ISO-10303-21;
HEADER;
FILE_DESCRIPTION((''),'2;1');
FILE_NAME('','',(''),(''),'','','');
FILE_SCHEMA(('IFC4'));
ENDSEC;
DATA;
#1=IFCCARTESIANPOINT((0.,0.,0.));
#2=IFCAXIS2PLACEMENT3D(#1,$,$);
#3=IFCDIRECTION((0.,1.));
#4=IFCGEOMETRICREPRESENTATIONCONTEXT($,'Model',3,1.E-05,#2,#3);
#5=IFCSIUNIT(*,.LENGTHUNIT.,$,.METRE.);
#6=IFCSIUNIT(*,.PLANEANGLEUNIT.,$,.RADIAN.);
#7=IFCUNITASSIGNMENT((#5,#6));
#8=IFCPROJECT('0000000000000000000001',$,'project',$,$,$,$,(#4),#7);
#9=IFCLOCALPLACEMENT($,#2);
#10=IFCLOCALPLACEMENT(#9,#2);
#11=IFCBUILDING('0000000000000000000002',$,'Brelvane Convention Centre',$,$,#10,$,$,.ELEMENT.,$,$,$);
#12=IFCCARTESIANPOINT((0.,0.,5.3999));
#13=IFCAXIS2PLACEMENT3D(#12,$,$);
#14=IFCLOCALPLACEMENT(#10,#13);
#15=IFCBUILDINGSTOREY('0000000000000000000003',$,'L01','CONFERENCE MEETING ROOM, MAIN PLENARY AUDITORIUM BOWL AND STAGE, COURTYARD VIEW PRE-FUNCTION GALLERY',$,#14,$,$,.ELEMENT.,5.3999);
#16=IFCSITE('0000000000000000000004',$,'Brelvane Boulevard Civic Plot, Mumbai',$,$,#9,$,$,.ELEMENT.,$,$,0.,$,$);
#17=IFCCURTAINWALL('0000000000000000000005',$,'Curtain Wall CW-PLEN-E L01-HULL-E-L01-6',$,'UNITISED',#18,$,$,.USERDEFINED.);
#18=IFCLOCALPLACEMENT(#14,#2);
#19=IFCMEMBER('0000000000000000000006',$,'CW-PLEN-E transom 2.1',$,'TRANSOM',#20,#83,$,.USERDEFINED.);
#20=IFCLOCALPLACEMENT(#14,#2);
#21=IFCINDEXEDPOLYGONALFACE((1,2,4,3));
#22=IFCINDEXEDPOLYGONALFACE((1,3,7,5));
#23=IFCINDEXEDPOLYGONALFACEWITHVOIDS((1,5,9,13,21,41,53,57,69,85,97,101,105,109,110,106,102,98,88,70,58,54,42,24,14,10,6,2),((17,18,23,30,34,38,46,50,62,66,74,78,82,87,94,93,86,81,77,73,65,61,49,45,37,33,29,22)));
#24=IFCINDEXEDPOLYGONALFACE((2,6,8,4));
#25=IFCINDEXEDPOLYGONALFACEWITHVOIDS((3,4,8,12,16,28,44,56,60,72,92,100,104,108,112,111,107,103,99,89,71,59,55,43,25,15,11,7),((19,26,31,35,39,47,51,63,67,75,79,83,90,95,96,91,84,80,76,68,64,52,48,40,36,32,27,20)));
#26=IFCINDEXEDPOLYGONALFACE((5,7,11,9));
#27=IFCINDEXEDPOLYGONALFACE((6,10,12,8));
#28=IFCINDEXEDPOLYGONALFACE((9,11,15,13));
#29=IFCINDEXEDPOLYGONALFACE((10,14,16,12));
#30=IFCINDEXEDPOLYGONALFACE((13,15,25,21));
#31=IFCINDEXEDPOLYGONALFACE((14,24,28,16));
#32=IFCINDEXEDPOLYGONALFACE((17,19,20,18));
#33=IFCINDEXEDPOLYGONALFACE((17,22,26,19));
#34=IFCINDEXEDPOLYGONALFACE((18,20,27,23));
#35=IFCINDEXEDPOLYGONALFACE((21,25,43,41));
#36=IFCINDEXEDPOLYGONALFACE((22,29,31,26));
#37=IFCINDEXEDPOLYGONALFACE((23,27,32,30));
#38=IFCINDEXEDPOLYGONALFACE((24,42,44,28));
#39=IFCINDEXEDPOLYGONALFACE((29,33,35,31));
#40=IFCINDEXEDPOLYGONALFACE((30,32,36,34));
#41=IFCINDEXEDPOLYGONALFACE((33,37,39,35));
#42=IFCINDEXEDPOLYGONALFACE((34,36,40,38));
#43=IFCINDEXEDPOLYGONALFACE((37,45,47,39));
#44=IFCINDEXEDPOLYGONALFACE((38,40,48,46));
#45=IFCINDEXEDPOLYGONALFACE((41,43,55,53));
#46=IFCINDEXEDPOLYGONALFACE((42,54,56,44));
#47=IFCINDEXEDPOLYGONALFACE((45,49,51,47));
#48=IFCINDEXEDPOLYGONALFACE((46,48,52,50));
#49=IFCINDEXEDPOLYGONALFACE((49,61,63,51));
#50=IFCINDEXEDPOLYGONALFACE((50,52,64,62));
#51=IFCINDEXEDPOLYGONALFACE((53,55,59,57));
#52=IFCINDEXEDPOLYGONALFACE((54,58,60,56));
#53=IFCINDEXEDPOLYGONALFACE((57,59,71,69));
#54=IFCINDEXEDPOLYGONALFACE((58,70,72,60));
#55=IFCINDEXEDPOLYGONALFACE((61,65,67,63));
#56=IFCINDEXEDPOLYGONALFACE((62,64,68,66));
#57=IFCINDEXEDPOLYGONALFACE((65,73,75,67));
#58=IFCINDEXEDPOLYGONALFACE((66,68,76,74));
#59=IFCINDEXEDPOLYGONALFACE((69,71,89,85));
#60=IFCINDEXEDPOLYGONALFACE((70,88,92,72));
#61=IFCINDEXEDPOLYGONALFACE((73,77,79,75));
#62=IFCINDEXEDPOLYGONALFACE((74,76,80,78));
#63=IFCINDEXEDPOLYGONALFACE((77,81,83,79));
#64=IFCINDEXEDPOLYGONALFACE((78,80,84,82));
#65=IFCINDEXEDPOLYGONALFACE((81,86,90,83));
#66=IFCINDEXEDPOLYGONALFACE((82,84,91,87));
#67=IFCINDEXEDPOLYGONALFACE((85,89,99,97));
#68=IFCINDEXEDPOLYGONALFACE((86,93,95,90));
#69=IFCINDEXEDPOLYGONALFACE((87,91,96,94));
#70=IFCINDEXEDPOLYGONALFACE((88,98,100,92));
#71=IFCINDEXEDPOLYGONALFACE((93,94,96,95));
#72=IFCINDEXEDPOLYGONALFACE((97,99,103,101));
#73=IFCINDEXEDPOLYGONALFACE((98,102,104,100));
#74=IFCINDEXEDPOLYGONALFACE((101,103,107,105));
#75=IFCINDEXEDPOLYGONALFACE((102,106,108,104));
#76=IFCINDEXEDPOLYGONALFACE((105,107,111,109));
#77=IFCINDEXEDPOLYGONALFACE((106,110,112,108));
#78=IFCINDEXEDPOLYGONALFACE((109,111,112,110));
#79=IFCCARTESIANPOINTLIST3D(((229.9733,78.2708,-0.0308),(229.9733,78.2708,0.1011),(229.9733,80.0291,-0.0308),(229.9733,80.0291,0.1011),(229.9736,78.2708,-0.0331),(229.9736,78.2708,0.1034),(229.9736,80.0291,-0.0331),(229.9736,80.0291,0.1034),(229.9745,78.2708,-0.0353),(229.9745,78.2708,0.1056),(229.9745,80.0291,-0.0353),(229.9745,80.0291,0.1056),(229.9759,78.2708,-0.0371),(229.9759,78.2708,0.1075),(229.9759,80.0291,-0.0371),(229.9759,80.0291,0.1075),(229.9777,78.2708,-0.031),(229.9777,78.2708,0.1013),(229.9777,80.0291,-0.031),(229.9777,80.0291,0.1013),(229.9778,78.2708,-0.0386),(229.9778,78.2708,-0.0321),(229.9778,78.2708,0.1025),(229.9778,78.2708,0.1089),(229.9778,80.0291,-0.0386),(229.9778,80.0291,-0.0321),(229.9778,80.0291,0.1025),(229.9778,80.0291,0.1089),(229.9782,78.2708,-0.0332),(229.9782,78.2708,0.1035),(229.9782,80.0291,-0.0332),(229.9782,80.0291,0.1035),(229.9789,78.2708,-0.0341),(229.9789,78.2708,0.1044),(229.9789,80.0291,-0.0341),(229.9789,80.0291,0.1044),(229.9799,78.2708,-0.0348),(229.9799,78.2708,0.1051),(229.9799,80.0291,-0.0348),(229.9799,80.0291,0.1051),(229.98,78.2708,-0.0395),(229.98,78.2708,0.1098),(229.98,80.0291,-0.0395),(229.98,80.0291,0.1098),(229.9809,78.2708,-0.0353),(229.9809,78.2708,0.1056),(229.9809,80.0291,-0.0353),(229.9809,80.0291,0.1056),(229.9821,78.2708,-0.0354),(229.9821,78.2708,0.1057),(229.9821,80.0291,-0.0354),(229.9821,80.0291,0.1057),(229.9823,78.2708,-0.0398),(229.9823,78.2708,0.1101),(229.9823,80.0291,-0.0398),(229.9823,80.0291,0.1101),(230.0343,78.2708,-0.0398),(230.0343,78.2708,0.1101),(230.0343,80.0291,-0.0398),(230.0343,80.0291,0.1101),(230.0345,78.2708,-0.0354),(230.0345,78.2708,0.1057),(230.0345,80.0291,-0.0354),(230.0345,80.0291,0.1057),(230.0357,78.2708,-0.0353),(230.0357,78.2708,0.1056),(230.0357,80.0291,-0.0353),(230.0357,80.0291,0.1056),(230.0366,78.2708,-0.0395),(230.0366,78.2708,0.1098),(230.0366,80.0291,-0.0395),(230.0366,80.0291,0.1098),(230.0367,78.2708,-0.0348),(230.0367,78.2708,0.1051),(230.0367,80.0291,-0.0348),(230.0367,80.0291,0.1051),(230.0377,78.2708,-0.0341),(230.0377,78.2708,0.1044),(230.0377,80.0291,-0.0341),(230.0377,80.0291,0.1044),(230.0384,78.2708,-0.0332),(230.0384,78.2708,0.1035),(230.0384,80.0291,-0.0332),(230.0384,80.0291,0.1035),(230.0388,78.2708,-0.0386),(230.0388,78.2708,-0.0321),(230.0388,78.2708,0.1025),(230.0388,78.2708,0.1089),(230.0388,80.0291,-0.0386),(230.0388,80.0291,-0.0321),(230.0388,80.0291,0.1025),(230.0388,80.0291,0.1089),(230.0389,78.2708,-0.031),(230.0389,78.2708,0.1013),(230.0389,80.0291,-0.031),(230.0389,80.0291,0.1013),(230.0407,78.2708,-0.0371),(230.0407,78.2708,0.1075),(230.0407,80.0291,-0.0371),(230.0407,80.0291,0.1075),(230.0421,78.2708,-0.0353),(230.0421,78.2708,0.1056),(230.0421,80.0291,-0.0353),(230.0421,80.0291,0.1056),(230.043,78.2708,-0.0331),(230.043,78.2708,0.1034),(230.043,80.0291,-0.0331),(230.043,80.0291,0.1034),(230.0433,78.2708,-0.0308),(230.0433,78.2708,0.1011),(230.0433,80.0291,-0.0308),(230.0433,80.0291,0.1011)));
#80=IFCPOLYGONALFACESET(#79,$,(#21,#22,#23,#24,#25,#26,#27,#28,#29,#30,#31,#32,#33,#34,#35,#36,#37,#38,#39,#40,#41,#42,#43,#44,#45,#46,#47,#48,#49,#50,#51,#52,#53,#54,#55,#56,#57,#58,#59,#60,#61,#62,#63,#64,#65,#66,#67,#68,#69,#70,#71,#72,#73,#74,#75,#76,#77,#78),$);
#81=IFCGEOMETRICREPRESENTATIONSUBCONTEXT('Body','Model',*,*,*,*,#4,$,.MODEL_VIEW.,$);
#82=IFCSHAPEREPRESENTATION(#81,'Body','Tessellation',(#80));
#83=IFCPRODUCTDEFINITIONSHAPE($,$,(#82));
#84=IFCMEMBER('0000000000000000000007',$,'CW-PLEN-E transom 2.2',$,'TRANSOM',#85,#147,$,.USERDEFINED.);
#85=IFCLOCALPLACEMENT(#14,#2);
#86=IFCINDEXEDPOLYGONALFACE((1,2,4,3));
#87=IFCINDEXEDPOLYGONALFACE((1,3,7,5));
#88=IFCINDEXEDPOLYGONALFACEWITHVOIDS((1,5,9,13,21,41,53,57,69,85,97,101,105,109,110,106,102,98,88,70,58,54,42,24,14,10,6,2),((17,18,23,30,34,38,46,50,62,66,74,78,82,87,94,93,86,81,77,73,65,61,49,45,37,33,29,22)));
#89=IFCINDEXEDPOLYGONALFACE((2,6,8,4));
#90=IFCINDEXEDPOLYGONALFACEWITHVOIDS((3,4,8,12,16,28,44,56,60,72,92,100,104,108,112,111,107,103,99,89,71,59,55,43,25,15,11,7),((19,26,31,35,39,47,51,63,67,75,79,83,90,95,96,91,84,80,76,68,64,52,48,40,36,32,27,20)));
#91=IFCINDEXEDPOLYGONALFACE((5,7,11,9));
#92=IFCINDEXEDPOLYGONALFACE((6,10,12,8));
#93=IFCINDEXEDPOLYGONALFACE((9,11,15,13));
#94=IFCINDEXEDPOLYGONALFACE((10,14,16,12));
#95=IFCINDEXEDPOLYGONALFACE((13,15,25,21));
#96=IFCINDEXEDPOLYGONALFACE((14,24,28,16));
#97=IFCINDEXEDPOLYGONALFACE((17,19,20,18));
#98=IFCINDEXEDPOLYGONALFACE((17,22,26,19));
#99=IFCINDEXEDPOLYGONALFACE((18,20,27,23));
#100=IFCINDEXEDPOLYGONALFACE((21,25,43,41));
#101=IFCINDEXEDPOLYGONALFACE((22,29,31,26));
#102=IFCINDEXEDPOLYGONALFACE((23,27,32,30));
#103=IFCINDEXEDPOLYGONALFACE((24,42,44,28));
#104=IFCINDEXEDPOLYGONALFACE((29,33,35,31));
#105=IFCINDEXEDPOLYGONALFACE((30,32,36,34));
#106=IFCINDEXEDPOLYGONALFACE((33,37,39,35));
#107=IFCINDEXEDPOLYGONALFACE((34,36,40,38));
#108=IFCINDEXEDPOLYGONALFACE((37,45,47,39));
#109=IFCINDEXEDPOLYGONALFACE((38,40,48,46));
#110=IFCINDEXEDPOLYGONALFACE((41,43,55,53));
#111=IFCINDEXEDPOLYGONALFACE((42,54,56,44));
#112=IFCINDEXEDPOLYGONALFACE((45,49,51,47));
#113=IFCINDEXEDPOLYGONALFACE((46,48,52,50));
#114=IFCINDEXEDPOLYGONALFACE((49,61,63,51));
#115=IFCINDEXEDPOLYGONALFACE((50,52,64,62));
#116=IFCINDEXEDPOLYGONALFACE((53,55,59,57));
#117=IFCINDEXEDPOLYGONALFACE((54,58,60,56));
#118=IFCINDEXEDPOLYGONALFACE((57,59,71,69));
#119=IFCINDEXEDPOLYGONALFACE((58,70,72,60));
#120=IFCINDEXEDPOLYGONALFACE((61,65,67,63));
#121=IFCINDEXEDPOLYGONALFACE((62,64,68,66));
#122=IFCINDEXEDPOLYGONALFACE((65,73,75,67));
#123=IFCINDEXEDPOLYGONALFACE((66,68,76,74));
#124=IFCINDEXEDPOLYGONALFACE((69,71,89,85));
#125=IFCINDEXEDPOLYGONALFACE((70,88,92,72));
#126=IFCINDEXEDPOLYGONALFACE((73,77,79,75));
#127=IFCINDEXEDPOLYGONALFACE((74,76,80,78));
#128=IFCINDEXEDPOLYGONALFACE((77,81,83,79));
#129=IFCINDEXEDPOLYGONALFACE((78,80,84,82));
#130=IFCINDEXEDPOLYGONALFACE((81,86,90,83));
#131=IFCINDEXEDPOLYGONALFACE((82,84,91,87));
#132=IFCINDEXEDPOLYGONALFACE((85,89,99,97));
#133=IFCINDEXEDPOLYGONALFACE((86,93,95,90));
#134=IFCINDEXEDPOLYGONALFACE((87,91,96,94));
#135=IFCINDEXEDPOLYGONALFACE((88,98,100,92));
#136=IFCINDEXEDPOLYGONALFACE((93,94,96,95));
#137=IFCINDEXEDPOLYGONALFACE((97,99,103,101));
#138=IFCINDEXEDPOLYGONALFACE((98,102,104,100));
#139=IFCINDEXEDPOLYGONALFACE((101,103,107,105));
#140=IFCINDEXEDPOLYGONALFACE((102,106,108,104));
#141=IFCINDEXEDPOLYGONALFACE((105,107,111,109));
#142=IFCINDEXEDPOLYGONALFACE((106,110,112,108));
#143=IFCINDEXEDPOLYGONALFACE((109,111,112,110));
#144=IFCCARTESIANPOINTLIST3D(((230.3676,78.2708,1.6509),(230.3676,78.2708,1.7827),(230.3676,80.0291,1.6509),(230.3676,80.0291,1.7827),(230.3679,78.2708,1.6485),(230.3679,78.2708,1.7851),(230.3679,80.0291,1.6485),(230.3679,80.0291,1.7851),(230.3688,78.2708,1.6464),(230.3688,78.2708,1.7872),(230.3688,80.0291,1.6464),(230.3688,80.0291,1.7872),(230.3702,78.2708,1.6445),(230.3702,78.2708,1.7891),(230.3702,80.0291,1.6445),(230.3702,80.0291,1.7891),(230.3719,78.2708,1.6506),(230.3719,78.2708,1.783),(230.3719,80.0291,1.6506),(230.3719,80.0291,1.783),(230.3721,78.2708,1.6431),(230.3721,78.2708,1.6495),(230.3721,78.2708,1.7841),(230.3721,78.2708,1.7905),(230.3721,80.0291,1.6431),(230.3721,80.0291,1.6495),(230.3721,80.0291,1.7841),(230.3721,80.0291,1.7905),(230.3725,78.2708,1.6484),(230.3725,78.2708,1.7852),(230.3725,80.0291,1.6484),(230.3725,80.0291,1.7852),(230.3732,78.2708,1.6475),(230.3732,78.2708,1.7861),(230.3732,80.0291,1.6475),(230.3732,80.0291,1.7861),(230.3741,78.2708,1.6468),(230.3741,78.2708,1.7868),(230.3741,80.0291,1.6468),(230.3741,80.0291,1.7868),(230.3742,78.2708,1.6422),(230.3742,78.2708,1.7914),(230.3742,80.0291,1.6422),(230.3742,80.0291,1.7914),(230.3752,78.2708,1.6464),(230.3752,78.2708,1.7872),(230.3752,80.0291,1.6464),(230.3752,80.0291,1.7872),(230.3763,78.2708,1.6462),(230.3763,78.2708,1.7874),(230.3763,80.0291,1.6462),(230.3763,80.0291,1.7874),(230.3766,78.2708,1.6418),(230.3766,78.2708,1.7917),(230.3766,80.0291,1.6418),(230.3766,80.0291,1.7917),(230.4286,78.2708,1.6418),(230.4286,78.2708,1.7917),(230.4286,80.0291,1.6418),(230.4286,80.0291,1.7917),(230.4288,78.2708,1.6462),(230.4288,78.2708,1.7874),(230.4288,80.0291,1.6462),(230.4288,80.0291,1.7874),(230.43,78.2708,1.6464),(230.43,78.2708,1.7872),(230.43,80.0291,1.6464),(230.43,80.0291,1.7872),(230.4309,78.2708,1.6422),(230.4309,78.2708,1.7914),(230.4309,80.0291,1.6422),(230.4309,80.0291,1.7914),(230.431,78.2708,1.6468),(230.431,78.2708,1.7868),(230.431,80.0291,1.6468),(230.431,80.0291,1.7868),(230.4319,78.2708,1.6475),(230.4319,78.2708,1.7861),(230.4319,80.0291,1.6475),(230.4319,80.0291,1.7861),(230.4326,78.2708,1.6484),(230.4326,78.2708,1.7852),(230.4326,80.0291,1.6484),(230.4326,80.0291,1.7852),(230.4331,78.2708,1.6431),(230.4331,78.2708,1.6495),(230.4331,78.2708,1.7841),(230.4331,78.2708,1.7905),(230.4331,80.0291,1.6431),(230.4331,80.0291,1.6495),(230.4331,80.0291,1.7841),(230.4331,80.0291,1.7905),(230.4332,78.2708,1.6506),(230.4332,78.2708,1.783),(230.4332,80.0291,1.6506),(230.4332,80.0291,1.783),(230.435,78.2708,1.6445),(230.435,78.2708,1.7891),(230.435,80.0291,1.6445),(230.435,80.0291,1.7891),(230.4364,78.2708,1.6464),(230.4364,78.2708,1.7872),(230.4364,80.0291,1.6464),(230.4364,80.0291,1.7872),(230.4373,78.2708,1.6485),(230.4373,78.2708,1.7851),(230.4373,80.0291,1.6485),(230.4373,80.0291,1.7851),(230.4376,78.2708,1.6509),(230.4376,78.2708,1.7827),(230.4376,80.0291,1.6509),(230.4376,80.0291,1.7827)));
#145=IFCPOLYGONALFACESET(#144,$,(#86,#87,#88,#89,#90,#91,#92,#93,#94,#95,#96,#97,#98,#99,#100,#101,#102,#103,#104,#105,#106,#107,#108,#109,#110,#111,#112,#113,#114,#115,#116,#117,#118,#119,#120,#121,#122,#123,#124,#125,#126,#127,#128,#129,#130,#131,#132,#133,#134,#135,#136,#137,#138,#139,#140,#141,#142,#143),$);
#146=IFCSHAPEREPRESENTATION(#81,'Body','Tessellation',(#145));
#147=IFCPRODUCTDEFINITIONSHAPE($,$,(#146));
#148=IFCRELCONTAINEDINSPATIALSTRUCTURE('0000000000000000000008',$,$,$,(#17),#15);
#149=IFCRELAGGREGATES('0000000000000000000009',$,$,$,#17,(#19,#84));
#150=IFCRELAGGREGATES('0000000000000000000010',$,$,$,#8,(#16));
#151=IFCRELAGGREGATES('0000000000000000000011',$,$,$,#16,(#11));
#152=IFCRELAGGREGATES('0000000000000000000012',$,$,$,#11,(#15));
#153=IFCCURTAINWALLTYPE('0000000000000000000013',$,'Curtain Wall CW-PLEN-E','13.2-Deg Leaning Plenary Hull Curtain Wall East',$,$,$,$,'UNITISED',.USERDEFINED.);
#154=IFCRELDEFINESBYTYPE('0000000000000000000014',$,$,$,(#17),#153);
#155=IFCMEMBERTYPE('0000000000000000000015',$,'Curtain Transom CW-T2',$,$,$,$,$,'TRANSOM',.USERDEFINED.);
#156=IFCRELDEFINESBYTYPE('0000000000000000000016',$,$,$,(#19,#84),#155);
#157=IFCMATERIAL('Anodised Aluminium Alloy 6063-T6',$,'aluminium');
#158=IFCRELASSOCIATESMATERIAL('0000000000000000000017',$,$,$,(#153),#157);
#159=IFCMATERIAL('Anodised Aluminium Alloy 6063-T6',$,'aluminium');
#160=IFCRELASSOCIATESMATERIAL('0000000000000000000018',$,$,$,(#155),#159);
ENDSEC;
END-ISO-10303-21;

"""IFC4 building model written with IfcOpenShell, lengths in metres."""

from ifc_helpers import new_model, si_unit, direction, frame, origin, origin_2d, place, context, subcontext, project, spatial, hollow_rectangle, extrude, material, material_profile, profile_set, type_object, element, aggregate, save


model = new_model("IFC4")

# Units and contexts
model_context = context("Model", 3, precision=1e-05, world=origin(), true_north=direction((0.0, 1.0)))
body_context = subcontext(model_context, "Body", "Model", "MODEL_VIEW")
ifc_project = project(units=[si_unit("LENGTHUNIT", "METRE"), si_unit("PLANEANGLEUNIT", "RADIAN")], contexts=[model_context])

# Site, building, storey
site_placement = place(None, origin())
site = spatial("IfcSite", under=ifc_project, at=site_placement, Name="Brelvane Boulevard Civic Plot, Mumbai", CompositionType="ELEMENT", RefElevation=0.0)
building_placement = place(site_placement, origin())
building = spatial("IfcBuilding", under=site, at=building_placement, Name="Brelvane Convention Centre", CompositionType="ELEMENT")
storey_placement = place(building_placement, frame((0.0, 0.0, 5.3999)))
storey = spatial("IfcBuildingStorey", under=building, at=storey_placement, Name="L01", Description="CONFERENCE MEETING ROOM, MAIN PLENARY AUDITORIUM BOWL AND STAGE, COURTYARD VIEW PRE-FUNCTION GALLERY", CompositionType="ELEMENT", Elevation=5.3999)

# Curtain wall, members
ifc_material_1 = material(Name="Anodised Aluminium Alloy 6063-T6", Category="aluminium")
curtain_wall_type = type_object("IfcCurtainWallType", Name="Curtain Wall CW-PLEN-E", Description="13.2-Deg Leaning Plenary Hull Curtain Wall East", ElementType="UNITISED", PredefinedType="USERDEFINED", material=ifc_material_1)
curtain_wall_placement = place(storey_placement, origin())
curtain_wall = element("IfcCurtainWall", 1, at=curtain_wall_placement, inside=storey, type_object=curtain_wall_type, Name="Curtain Wall CW-PLEN-E L01-HULL-E-L01-6", ObjectType="UNITISED", PredefinedType="USERDEFINED")
ifc_material_2 = material(Name="Anodised Aluminium Alloy 6063-T6", Category="aluminium")
ifc_material_profile_1 = material_profile(ifc_material_2, hollow_rectangle(XDim=0.0701, YDim=0.1499, WallThickness=0.0044, InnerFilletRadius=0.0044, OuterFilletRadius=0.009, at=origin_2d()), Name="ALU-T 150x70x4.5")
ifc_profile_set_1 = profile_set([ifc_material_profile_1], Name="Anodised Aluminium Alloy 6063-T6")
member_type_1 = type_object("IfcMemberType", Name="Curtain Transom CW-T2", ElementType="TRANSOM", PredefinedType="USERDEFINED", material=ifc_profile_set_1)
member_1_placement = place(storey_placement, frame((230.0083, 78.2708, 0.0352), z_axis=(0.0, 1.0, 0.0), x_axis=(-1.0, 0.0, 0.0)))
member_1 = element("IfcMember", 2, at=member_1_placement, type_object=member_type_1, Name="CW-PLEN-E transom 2.1", ObjectType="TRANSOM", PredefinedType="USERDEFINED", context=body_context, shape_type="SweptSolid", body=[
    extrude(hollow_rectangle(XDim=0.0701, YDim=0.1499, WallThickness=0.0044, InnerFilletRadius=0.0044, OuterFilletRadius=0.009, at=origin_2d()), origin(), (0.0, 0.0, 1.0), 1.7583),
])
member_2_placement = place(storey_placement, frame((230.4026, 78.2708, 1.7168), z_axis=(0.0, 1.0, 0.0), x_axis=(-1.0, 0.0, 0.0)))
member_2 = element("IfcMember", 3, at=member_2_placement, type_object=member_type_1, Name="CW-PLEN-E transom 2.2", ObjectType="TRANSOM", PredefinedType="USERDEFINED", context=body_context, shape_type="SweptSolid", body=[
    extrude(hollow_rectangle(XDim=0.0701, YDim=0.1499, WallThickness=0.0044, InnerFilletRadius=0.0044, OuterFilletRadius=0.009, at=origin_2d()), origin(), (0.0, 0.0, 1.0), 1.7583),
])

aggregate(curtain_wall, [member_1, member_2])

save(model, "model.ifc")
